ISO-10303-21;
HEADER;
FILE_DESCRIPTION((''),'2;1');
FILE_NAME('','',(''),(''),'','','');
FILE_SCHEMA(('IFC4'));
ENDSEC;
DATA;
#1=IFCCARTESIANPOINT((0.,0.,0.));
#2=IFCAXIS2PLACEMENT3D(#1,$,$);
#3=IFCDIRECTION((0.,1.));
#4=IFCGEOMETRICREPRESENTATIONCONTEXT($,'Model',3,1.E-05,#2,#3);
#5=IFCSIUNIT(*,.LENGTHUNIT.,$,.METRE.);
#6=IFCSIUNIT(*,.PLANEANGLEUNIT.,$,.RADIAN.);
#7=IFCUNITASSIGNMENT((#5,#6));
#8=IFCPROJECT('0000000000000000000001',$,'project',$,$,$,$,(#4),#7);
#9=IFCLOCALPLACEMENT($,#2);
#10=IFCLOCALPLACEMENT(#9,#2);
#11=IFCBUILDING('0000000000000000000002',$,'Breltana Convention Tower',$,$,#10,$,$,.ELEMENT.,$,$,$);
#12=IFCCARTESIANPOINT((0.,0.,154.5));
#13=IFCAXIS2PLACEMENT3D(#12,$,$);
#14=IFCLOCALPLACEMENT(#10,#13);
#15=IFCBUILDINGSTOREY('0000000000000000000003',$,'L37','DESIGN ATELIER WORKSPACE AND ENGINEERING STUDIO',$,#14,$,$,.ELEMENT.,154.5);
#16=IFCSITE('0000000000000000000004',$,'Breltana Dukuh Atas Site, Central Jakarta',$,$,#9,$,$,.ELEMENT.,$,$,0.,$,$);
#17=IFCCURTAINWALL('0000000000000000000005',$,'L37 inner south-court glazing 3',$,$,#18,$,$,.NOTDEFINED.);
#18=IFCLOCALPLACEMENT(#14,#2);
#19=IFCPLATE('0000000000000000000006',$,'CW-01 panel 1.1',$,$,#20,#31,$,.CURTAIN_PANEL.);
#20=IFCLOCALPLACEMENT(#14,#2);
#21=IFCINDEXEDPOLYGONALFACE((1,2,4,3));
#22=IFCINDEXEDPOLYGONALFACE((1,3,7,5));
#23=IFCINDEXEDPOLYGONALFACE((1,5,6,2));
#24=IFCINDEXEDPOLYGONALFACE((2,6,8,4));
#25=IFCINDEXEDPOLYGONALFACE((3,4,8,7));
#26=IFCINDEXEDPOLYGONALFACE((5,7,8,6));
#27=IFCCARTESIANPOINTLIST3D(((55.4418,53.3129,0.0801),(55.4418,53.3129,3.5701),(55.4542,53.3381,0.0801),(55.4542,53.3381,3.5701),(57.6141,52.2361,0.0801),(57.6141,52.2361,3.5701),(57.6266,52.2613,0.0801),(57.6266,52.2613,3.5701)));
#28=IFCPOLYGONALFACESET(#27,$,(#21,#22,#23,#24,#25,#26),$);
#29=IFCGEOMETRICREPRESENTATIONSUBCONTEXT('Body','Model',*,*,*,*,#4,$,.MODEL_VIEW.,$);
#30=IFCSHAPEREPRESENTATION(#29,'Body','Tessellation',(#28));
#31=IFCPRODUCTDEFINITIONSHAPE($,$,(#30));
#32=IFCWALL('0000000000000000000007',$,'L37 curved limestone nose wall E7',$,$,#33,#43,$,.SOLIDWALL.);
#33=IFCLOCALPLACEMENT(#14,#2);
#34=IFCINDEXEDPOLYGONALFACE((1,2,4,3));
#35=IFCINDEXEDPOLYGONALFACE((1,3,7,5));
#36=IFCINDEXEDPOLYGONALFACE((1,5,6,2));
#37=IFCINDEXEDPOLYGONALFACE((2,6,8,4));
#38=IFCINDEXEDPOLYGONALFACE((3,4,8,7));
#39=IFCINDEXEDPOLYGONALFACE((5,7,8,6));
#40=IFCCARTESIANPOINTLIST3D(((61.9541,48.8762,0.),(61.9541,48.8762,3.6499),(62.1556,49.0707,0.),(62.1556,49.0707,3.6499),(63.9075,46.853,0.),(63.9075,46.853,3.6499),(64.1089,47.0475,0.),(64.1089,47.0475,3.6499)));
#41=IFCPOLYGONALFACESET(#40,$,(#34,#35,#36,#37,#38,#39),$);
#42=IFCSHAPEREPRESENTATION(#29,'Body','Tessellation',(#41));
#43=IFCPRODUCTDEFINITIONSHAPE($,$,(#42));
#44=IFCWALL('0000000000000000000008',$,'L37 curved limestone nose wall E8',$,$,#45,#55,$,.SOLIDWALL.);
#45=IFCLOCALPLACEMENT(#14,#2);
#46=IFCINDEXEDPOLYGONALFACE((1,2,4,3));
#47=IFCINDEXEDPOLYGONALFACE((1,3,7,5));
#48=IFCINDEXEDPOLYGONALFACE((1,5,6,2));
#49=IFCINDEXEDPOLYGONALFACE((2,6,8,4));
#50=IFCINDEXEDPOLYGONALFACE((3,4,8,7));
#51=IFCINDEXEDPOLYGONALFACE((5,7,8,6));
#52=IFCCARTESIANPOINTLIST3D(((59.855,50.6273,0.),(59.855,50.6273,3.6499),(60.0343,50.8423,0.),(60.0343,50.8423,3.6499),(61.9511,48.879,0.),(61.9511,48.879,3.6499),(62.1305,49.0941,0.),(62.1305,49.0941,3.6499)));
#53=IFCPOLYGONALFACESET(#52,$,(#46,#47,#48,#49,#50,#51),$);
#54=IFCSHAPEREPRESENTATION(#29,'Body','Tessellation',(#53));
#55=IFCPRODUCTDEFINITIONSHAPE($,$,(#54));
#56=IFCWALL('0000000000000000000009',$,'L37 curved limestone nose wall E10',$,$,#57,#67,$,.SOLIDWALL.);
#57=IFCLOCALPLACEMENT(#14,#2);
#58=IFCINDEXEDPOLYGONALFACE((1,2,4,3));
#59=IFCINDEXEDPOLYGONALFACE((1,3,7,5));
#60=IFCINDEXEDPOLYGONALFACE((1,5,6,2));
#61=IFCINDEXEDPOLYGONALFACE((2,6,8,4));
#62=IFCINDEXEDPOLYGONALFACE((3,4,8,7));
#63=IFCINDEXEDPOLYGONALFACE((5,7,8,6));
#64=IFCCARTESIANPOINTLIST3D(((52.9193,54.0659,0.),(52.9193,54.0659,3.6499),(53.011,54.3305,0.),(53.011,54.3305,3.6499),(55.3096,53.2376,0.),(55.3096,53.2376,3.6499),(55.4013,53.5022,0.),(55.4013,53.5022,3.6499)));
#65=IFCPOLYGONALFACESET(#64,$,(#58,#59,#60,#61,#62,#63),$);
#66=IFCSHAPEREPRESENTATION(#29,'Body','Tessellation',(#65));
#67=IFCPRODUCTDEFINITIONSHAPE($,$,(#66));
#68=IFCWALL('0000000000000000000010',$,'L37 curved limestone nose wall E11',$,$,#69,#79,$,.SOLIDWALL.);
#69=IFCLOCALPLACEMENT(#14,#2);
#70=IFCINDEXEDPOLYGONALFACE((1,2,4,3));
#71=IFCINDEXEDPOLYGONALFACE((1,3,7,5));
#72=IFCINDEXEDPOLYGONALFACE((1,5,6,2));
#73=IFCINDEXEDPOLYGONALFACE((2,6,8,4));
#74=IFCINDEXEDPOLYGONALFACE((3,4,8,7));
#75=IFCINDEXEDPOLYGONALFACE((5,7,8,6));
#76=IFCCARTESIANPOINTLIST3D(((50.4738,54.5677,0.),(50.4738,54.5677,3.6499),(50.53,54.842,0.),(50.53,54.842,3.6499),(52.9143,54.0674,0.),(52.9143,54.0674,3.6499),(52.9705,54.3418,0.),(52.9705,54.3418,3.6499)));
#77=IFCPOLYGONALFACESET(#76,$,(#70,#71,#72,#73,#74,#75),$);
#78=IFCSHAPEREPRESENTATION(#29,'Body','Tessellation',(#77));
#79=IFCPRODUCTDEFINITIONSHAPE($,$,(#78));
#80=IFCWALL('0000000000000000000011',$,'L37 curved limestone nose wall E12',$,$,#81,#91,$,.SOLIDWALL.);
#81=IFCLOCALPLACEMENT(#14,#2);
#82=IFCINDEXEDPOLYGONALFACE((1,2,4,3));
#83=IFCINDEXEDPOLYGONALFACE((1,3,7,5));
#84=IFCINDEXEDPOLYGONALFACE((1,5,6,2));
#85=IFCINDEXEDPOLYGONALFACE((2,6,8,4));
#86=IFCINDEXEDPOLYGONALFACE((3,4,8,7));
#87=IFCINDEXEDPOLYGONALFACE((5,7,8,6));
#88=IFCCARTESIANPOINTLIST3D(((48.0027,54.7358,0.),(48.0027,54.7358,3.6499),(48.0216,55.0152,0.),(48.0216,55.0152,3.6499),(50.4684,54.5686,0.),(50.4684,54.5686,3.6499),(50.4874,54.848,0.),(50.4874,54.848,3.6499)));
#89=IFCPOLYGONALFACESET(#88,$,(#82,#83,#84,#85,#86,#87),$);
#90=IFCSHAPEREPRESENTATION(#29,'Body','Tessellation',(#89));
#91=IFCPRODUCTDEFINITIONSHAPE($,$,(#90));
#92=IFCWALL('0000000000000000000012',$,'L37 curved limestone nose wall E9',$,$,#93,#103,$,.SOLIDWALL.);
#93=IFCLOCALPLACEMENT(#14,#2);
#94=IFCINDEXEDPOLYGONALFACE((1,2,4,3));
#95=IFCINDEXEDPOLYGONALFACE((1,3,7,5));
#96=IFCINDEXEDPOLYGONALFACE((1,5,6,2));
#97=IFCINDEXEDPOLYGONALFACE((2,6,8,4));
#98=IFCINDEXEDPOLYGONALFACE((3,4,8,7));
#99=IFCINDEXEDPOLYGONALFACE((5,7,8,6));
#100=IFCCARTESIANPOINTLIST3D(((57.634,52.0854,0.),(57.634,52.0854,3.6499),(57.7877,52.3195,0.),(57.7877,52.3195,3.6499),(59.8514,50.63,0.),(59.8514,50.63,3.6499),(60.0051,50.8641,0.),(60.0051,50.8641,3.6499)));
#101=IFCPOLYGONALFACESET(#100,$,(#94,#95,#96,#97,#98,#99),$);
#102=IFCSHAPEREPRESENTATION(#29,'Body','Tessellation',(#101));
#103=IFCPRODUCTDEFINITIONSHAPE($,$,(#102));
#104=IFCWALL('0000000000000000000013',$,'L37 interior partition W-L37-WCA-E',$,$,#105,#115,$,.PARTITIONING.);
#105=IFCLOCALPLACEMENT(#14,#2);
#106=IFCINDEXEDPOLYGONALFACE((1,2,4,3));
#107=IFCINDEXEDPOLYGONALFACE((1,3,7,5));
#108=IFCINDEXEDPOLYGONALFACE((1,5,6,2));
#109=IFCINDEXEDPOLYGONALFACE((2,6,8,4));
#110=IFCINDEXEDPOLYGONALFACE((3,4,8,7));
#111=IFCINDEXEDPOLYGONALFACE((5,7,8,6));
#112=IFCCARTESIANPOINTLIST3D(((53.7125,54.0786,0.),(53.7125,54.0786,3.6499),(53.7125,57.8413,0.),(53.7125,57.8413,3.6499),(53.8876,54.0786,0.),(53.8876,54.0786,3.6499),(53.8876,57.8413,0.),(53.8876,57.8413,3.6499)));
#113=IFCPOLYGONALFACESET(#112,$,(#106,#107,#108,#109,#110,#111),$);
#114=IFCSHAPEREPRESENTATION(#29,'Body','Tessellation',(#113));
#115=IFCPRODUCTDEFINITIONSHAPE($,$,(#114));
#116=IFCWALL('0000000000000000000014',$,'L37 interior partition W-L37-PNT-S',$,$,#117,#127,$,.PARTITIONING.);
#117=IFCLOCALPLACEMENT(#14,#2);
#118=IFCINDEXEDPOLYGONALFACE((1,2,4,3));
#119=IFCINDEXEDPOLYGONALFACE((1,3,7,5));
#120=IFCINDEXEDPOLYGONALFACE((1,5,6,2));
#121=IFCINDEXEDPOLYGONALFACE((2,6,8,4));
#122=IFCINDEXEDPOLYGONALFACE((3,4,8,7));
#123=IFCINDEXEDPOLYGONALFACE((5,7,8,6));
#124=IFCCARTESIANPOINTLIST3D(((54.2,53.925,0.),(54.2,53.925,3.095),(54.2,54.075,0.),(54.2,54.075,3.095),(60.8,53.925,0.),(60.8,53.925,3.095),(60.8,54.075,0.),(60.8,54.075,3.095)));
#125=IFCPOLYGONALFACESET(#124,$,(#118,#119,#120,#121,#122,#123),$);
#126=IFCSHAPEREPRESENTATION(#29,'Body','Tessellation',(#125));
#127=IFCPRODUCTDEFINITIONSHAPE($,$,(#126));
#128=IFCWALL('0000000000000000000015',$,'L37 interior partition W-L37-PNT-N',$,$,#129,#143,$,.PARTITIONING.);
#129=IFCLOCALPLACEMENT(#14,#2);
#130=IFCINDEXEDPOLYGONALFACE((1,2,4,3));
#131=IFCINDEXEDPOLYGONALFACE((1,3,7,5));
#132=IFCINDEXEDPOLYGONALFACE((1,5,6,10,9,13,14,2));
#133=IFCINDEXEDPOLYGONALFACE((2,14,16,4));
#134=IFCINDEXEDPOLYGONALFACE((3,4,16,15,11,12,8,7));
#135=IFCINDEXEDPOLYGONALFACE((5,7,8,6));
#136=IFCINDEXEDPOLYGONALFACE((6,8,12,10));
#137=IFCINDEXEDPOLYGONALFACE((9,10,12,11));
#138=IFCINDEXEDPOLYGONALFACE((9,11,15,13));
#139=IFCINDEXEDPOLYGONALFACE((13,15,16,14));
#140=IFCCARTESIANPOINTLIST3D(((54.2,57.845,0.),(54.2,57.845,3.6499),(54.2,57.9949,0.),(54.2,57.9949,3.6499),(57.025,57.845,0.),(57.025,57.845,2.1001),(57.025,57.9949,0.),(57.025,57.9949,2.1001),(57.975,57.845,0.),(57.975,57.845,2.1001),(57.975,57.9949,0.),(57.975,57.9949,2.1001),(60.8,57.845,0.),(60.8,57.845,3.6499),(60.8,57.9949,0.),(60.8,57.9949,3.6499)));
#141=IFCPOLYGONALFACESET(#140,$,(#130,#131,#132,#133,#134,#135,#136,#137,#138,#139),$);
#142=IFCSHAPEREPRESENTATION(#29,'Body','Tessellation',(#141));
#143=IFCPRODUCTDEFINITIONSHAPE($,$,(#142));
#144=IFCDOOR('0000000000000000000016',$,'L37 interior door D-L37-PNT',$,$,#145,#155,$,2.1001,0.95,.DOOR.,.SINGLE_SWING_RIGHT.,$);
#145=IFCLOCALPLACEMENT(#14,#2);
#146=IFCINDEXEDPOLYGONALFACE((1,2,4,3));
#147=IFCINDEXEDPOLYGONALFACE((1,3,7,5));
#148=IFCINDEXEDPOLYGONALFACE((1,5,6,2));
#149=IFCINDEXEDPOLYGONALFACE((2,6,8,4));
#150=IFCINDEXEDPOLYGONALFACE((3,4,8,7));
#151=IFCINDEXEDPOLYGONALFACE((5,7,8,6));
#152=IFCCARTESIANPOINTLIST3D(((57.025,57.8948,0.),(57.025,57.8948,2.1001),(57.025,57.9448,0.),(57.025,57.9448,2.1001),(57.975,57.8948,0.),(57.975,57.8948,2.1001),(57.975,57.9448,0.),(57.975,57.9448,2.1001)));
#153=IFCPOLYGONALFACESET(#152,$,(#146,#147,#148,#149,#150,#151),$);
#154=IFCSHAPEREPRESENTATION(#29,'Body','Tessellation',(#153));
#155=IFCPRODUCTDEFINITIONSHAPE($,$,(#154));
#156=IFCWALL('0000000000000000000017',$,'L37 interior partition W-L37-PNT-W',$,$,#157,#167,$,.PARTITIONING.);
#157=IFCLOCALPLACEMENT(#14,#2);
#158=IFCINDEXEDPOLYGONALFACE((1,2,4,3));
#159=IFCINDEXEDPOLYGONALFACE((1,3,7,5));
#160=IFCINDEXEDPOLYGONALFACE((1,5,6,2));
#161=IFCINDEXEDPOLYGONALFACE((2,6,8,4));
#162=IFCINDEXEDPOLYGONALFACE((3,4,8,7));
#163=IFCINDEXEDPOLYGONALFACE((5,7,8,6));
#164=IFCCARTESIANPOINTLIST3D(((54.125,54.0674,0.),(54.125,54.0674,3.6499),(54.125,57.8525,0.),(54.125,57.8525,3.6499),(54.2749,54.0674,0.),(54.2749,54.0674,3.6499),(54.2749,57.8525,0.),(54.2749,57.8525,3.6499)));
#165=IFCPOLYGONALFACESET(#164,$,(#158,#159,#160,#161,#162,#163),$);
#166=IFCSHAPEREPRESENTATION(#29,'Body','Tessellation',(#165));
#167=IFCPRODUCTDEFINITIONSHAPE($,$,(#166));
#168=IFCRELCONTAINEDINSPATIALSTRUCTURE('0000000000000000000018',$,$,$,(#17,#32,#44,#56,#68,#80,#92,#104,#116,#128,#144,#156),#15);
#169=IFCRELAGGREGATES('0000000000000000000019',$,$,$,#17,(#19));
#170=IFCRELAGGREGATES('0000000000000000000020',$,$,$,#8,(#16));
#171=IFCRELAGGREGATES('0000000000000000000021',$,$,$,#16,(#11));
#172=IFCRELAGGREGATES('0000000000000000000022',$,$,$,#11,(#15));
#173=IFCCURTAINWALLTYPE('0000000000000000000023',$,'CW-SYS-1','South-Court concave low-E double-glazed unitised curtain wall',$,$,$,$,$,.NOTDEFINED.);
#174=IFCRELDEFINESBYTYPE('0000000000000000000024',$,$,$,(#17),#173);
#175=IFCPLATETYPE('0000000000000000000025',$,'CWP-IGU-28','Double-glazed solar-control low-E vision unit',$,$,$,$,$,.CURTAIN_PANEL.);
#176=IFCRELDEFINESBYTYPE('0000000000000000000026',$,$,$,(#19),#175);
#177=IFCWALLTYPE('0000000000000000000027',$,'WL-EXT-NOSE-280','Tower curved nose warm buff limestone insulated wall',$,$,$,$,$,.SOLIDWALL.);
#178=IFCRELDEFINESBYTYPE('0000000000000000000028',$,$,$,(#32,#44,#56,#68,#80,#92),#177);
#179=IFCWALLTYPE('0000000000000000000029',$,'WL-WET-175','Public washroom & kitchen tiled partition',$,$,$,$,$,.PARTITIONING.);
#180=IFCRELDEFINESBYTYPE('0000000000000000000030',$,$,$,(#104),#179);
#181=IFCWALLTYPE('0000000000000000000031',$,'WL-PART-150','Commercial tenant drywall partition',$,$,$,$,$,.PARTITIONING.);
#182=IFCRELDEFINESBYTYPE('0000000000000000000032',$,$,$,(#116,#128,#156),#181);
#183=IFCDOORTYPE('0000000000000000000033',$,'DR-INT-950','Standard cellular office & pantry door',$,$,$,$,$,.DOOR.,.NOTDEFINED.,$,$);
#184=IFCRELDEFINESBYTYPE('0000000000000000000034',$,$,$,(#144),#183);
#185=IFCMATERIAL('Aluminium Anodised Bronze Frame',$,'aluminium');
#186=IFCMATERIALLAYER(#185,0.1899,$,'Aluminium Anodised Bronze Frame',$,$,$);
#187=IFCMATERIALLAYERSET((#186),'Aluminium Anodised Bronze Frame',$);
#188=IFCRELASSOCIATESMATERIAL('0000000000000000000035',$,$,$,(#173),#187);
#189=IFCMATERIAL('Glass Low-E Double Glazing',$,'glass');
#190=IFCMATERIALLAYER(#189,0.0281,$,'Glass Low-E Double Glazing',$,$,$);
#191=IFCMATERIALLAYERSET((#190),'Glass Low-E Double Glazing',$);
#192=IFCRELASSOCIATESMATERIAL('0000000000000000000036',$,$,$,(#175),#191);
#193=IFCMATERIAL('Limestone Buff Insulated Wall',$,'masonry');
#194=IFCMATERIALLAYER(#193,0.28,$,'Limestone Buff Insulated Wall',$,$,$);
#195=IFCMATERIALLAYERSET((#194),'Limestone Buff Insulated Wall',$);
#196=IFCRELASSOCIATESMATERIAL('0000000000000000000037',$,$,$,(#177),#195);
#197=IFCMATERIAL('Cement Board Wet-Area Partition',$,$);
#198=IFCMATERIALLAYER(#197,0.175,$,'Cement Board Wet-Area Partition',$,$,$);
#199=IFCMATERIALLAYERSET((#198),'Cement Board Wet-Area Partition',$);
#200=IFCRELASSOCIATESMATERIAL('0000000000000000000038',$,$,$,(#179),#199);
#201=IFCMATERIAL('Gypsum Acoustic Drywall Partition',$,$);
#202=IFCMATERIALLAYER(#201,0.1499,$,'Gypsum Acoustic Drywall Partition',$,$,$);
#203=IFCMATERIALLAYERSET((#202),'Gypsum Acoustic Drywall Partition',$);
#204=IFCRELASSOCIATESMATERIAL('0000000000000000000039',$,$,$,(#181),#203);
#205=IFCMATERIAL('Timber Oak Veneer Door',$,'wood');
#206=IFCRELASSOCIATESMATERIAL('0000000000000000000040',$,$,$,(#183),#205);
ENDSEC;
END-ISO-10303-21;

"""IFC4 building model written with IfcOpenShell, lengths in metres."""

from ifc_helpers import new_model, si_unit, direction, frame, frame_2d, origin, origin_2d, place, context, subcontext, project, spatial, rectangle, extrude, source, transform, mapped, material, layer, layer_set, type_object, type_shapes, element, fill, aggregate, save


model = new_model("IFC4")

# Units and contexts
model_context = context("Model", 3, precision=1e-05, world=origin(), true_north=direction((0.0, 1.0)))
body_context = subcontext(model_context, "Body", "Model", "MODEL_VIEW")
ifc_project = project(units=[si_unit("LENGTHUNIT", "METRE"), si_unit("PLANEANGLEUNIT", "RADIAN")], contexts=[model_context])

# Site, building, storey
site_placement = place(None, origin())
site = spatial("IfcSite", under=ifc_project, at=site_placement, Name="Breltana Dukuh Atas Site, Central Jakarta", CompositionType="ELEMENT", RefElevation=0.0)
building_placement = place(site_placement, origin())
building = spatial("IfcBuilding", under=site, at=building_placement, Name="Breltana Convention Tower", CompositionType="ELEMENT")
storey_placement = place(building_placement, frame((0.0, 0.0, 154.5)))
storey = spatial("IfcBuildingStorey", under=building, at=storey_placement, Name="L37", Description="DESIGN ATELIER WORKSPACE AND ENGINEERING STUDIO", CompositionType="ELEMENT", Elevation=154.5)

# Shared definitions
ifc_material_1 = material(Name="Aluminium Anodised Bronze Frame", Category="aluminium")
ifc_layer_1 = layer(ifc_material_1, 0.1899, Name="Aluminium Anodised Bronze Frame")
ifc_layer_set_1 = layer_set([ifc_layer_1], Name="Aluminium Anodised Bronze Frame")
curtain_wall_type = type_object("IfcCurtainWallType", Name="CW-SYS-1", Description="South-Court concave low-E double-glazed unitised curtain wall", PredefinedType="NOTDEFINED", material=ifc_layer_set_1)

# Curtain wall
curtain_wall_1_placement = place(storey_placement, origin())
curtain_wall_1 = element("IfcCurtainWall", 1, at=curtain_wall_1_placement, inside=storey, type_object=curtain_wall_type, Name="L37 inner south-court glazing 3", PredefinedType="NOTDEFINED")

# Plate
ifc_material_2 = material(Name="Glass Low-E Double Glazing", Category="glass")
ifc_layer_2 = layer(ifc_material_2, 0.0281, Name="Glass Low-E Double Glazing")
ifc_layer_set_2 = layer_set([ifc_layer_2], Name="Glass Low-E Double Glazing")
plate_type = type_object("IfcPlateType", Name="CWP-IGU-28", Description="Double-glazed solar-control low-E vision unit", PredefinedType="CURTAIN_PANEL", material=ifc_layer_set_2)
shared_shape_1 = source(origin(), body_context, "Body", "SweptSolid", [
    extrude(rectangle(XDim=2.4246, YDim=0.0281, at=origin_2d()), origin(), (0.0, 0.0, 1.0), 3.49),
])
plate_1_placement = place(storey_placement, frame((56.5342, 52.7871, 0.0801), z_axis=(0.0, 0.0, 1.0), x_axis=(-0.89597, 0.444115, 0.0)))
plate_1 = element("IfcPlate", 2, at=plate_1_placement, type_object=plate_type, Name="CW-01 panel 1.1", PredefinedType="CURTAIN_PANEL", context=body_context, shape_type="MappedRepresentation", body=[
    mapped(shared_shape_1, transform((0.0, 0.0, 0.0), scale=1.0)),
])
aggregate(curtain_wall_1, [plate_1])

# Walls
ifc_material_3 = material(Name="Limestone Buff Insulated Wall", Category="masonry")
ifc_layer_3 = layer(ifc_material_3, 0.28, Name="Limestone Buff Insulated Wall")
ifc_layer_set_3 = layer_set([ifc_layer_3], Name="Limestone Buff Insulated Wall")
wall_type_1 = type_object("IfcWallType", Name="WL-EXT-NOSE-280", Description="Tower curved nose warm buff limestone insulated wall", PredefinedType="SOLIDWALL", material=ifc_layer_set_3)
shared_shape_2 = source(origin(), body_context, "Body", "SweptSolid", [
    extrude(rectangle(XDim=2.8123, YDim=0.28, at=frame_2d((1.4062, 0.0))), origin(), (0.0, 0.0, 1.0), 3.6499),
])
wall_1_placement = place(storey_placement, frame((64.0083, 46.9502, 0.0), z_axis=(0.0, 0.0, 1.0), x_axis=(-0.694584, 0.719412, 0.0)))
element("IfcWall", 3, at=wall_1_placement, inside=storey, type_object=wall_type_1, Name="L37 curved limestone nose wall E7", PredefinedType="SOLIDWALL", context=body_context, shape_type="MappedRepresentation", body=[
    mapped(shared_shape_2, transform((0.0, 0.0, 0.0), scale=1.0)),
])
shared_shape_3 = source(origin(), body_context, "Body", "SweptSolid", [
    extrude(rectangle(XDim=2.7295, YDim=0.28, at=frame_2d((1.3647, 0.0))), origin(), (0.0, 0.0, 1.0), 3.6499),
])
wall_2_placement = place(storey_placement, frame((62.0408, 48.9866, 0.0), z_axis=(0.0, 0.0, 1.0), x_axis=(-0.767957, 0.640501, 0.0)))
element("IfcWall", 4, at=wall_2_placement, inside=storey, type_object=wall_type_1, Name="L37 curved limestone nose wall E8", PredefinedType="SOLIDWALL", context=body_context, shape_type="MappedRepresentation", body=[
    mapped(shared_shape_3, transform((0.0, 0.0, 0.0), scale=1.0)),
])
shared_shape_4 = source(origin(), body_context, "Body", "SweptSolid", [
    extrude(rectangle(XDim=2.5298, YDim=0.28, at=frame_2d((1.2649, 0.0))), origin(), (0.0, 0.0, 1.0), 3.6499),
])
wall_3_placement = place(storey_placement, frame((55.3555, 53.3699, 0.0), z_axis=(0.0, 0.0, 1.0), x_axis=(-0.944872, 0.327439, 0.0)))
element("IfcWall", 5, at=wall_3_placement, inside=storey, type_object=wall_type_1, Name="L37 curved limestone nose wall E10", PredefinedType="SOLIDWALL", context=body_context, shape_type="MappedRepresentation", body=[
    mapped(shared_shape_4, transform((0.0, 0.0, 0.0), scale=1.0)),
])
shared_shape_5 = source(origin(), body_context, "Body", "SweptSolid", [
    extrude(rectangle(XDim=2.4912, YDim=0.28, at=frame_2d((1.2456, 0.0))), origin(), (0.0, 0.0, 1.0), 3.6499),
])
wall_4_placement = place(storey_placement, frame((52.9424, 54.2046, 0.0), z_axis=(0.0, 0.0, 1.0), x_axis=(-0.979631, 0.200807, 0.0)))
element("IfcWall", 6, at=wall_4_placement, inside=storey, type_object=wall_type_1, Name="L37 curved limestone nose wall E11", PredefinedType="SOLIDWALL", context=body_context, shape_type="MappedRepresentation", body=[
    mapped(shared_shape_5, transform((0.0, 0.0, 0.0), scale=1.0)),
])
shared_shape_6 = source(origin(), body_context, "Body", "SweptSolid", [
    extrude(rectangle(XDim=2.4714, YDim=0.28, at=frame_2d((1.2358, 0.0))), origin(), (0.0, 0.0, 1.0), 3.6499),
])
wall_5_placement = place(storey_placement, frame((50.478, 54.7083, 0.0), z_axis=(0.0, 0.0, 1.0), x_axis=(-0.997708, 0.067666, 0.0)))
element("IfcWall", 7, at=wall_5_placement, inside=storey, type_object=wall_type_1, Name="L37 curved limestone nose wall E12", PredefinedType="SOLIDWALL", context=body_context, shape_type="MappedRepresentation", body=[
    mapped(shared_shape_6, transform((0.0, 0.0, 0.0), scale=1.0)),
])
shared_shape_7 = source(origin(), body_context, "Body", "SweptSolid", [
    extrude(rectangle(XDim=2.6523, YDim=0.28, at=frame_2d((1.3262, 0.0))), origin(), (0.0, 0.0, 1.0), 3.6499),
])
wall_6_placement = place(storey_placement, frame((59.9282, 50.7471, 0.0), z_axis=(0.0, 0.0, 1.0), x_axis=(-0.836008, 0.548717, 0.0)))
element("IfcWall", 8, at=wall_6_placement, inside=storey, type_object=wall_type_1, Name="L37 curved limestone nose wall E9", PredefinedType="SOLIDWALL", context=body_context, shape_type="MappedRepresentation", body=[
    mapped(shared_shape_7, transform((0.0, 0.0, 0.0), scale=1.0)),
])
ifc_material_4 = material(Name="Cement Board Wet-Area Partition")
ifc_layer_4 = layer(ifc_material_4, 0.175, Name="Cement Board Wet-Area Partition")
ifc_layer_set_4 = layer_set([ifc_layer_4], Name="Cement Board Wet-Area Partition")
wall_type_2 = type_object("IfcWallType", Name="WL-WET-175", Description="Public washroom & kitchen tiled partition", PredefinedType="PARTITIONING", material=ifc_layer_set_4)
shared_shape_8 = source(origin(), body_context, "Body", "SweptSolid", [
    extrude(rectangle(XDim=3.7627, YDim=0.175, at=frame_2d((1.8813, 0.0))), origin(), (0.0, 0.0, 1.0), 3.6499),
])
wall_7_placement = place(storey_placement, frame((53.8, 54.0786, 0.0), z_axis=(0.0, 0.0, 1.0), x_axis=(0.0, 1.0, 0.0)))
element("IfcWall", 9, at=wall_7_placement, inside=storey, type_object=wall_type_2, Name="L37 interior partition W-L37-WCA-E", PredefinedType="PARTITIONING", context=body_context, shape_type="MappedRepresentation", body=[
    mapped(shared_shape_8, transform((0.0, 0.0, 0.0), scale=1.0)),
])

# Wall
ifc_material_5 = material(Name="Gypsum Acoustic Drywall Partition")
ifc_layer_5 = layer(ifc_material_5, 0.1499, Name="Gypsum Acoustic Drywall Partition")
ifc_layer_set_5 = layer_set([ifc_layer_5], Name="Gypsum Acoustic Drywall Partition")
wall_type_3 = type_object("IfcWallType", Name="WL-PART-150", Description="Commercial tenant drywall partition", PredefinedType="PARTITIONING", material=ifc_layer_set_5)
shared_shape_9 = source(origin(), body_context, "Body", "SweptSolid", [
    extrude(rectangle(XDim=6.6001, YDim=0.1499, at=frame_2d((3.3, 0.0))), origin(), (0.0, 0.0, 1.0), 3.095),
])
wall_8_placement = place(storey_placement, frame((54.2, 54.0, 0.0), z_axis=(0.0, 0.0, 1.0), x_axis=(1.0, 0.0, 0.0)))
element("IfcWall", 10, at=wall_8_placement, inside=storey, type_object=wall_type_3, Name="L37 interior partition W-L37-PNT-S", PredefinedType="PARTITIONING", context=body_context, shape_type="MappedRepresentation", body=[
    mapped(shared_shape_9, transform((0.0, 0.0, 0.0), scale=1.0)),
])

# Wall, opening, door
shared_shape_10 = source(origin(), body_context, "Body", "SweptSolid", [
    extrude(rectangle(XDim=6.6001, YDim=0.1499, at=frame_2d((3.3, 0.0))), origin(), (0.0, 0.0, 1.0), 3.6499),
])
wall_9_placement = place(storey_placement, frame((54.2, 57.9199, 0.0), z_axis=(0.0, 0.0, 1.0), x_axis=(1.0, 0.0, 0.0)))
wall_9 = element("IfcWall", 11, at=wall_9_placement, inside=storey, type_object=wall_type_3, Name="L37 interior partition W-L37-PNT-N", PredefinedType="PARTITIONING", context=body_context, shape_type="MappedRepresentation", body=[
    mapped(shared_shape_10, transform((0.0, 0.0, 0.0), scale=1.0)),
])
opening_1_placement = place(wall_9_placement, frame((2.825, 0.0, 0.0)))
opening_1 = element("IfcOpeningElement", 12, at=opening_1_placement, cuts=wall_9, PredefinedType="OPENING", context=body_context, shape_type="SweptSolid", body=[
    extrude(rectangle(XDim=0.95, YDim=2.1001, at=frame_2d((0.4751, 1.05))), frame((0.0, 0.085, 0.0), z_axis=(0.0, -1.0, 0.0), x_axis=(1.0, 0.0, 0.0)), (0.0, 0.0, 1.0), 0.1699),
])
ifc_material_6 = material(Name="Timber Oak Veneer Door", Category="wood")
door_type_1 = type_object("IfcDoorType", Name="DR-INT-950", Description="Standard cellular office & pantry door", OperationType="NOTDEFINED", PredefinedType="DOOR", material=ifc_material_6)
shared_shape_11 = source(origin(), body_context, "Body", "SweptSolid", [
    extrude(rectangle(XDim=0.95, YDim=2.1001, at=frame_2d((0.4751, 1.05))), frame((0.0, 0.0249, 0.0), z_axis=(0.0, -1.0, 0.0), x_axis=(1.0, 0.0, 0.0)), (0.0, 0.0, 1.0), 0.05),
])
type_shapes(door_type_1, [shared_shape_11])
door_1_placement = place(opening_1_placement, origin())
door_1 = element("IfcDoor", 13, at=door_1_placement, inside=storey, type_object=door_type_1, Name="L37 interior door D-L37-PNT", OperationType="SINGLE_SWING_RIGHT", OverallHeight=2.1001, OverallWidth=0.95, PredefinedType="DOOR", context=body_context, shape_type="MappedRepresentation", body=[
    mapped(shared_shape_11, transform((0.0, 0.0, 0.0), scale=1.0)),
])
fill(opening_1, door_1)

# Wall
shared_shape_12 = source(origin(), body_context, "Body", "SweptSolid", [
    extrude(rectangle(XDim=3.7852, YDim=0.1499, at=frame_2d((1.8926, 0.0))), origin(), (0.0, 0.0, 1.0), 3.6499),
])
for number, where, z_axis, x_axis, name in (
    (14, (54.2, 54.0674, 0.0), (0.0, 0.0, 1.0), (0.0, 1.0, 0.0), "L37 interior partition W-L37-PNT-W"),
):
    element("IfcWall", number, at=place(storey_placement, frame(where, z_axis=z_axis, x_axis=x_axis)), inside=storey, type_object=wall_type_3, Name=name, PredefinedType="PARTITIONING", context=body_context, shape_type="MappedRepresentation", body=[
        mapped(shared_shape_12, transform((0.0, 0.0, 0.0), scale=1.0)),
    ])

save(model, "model.ifc")
